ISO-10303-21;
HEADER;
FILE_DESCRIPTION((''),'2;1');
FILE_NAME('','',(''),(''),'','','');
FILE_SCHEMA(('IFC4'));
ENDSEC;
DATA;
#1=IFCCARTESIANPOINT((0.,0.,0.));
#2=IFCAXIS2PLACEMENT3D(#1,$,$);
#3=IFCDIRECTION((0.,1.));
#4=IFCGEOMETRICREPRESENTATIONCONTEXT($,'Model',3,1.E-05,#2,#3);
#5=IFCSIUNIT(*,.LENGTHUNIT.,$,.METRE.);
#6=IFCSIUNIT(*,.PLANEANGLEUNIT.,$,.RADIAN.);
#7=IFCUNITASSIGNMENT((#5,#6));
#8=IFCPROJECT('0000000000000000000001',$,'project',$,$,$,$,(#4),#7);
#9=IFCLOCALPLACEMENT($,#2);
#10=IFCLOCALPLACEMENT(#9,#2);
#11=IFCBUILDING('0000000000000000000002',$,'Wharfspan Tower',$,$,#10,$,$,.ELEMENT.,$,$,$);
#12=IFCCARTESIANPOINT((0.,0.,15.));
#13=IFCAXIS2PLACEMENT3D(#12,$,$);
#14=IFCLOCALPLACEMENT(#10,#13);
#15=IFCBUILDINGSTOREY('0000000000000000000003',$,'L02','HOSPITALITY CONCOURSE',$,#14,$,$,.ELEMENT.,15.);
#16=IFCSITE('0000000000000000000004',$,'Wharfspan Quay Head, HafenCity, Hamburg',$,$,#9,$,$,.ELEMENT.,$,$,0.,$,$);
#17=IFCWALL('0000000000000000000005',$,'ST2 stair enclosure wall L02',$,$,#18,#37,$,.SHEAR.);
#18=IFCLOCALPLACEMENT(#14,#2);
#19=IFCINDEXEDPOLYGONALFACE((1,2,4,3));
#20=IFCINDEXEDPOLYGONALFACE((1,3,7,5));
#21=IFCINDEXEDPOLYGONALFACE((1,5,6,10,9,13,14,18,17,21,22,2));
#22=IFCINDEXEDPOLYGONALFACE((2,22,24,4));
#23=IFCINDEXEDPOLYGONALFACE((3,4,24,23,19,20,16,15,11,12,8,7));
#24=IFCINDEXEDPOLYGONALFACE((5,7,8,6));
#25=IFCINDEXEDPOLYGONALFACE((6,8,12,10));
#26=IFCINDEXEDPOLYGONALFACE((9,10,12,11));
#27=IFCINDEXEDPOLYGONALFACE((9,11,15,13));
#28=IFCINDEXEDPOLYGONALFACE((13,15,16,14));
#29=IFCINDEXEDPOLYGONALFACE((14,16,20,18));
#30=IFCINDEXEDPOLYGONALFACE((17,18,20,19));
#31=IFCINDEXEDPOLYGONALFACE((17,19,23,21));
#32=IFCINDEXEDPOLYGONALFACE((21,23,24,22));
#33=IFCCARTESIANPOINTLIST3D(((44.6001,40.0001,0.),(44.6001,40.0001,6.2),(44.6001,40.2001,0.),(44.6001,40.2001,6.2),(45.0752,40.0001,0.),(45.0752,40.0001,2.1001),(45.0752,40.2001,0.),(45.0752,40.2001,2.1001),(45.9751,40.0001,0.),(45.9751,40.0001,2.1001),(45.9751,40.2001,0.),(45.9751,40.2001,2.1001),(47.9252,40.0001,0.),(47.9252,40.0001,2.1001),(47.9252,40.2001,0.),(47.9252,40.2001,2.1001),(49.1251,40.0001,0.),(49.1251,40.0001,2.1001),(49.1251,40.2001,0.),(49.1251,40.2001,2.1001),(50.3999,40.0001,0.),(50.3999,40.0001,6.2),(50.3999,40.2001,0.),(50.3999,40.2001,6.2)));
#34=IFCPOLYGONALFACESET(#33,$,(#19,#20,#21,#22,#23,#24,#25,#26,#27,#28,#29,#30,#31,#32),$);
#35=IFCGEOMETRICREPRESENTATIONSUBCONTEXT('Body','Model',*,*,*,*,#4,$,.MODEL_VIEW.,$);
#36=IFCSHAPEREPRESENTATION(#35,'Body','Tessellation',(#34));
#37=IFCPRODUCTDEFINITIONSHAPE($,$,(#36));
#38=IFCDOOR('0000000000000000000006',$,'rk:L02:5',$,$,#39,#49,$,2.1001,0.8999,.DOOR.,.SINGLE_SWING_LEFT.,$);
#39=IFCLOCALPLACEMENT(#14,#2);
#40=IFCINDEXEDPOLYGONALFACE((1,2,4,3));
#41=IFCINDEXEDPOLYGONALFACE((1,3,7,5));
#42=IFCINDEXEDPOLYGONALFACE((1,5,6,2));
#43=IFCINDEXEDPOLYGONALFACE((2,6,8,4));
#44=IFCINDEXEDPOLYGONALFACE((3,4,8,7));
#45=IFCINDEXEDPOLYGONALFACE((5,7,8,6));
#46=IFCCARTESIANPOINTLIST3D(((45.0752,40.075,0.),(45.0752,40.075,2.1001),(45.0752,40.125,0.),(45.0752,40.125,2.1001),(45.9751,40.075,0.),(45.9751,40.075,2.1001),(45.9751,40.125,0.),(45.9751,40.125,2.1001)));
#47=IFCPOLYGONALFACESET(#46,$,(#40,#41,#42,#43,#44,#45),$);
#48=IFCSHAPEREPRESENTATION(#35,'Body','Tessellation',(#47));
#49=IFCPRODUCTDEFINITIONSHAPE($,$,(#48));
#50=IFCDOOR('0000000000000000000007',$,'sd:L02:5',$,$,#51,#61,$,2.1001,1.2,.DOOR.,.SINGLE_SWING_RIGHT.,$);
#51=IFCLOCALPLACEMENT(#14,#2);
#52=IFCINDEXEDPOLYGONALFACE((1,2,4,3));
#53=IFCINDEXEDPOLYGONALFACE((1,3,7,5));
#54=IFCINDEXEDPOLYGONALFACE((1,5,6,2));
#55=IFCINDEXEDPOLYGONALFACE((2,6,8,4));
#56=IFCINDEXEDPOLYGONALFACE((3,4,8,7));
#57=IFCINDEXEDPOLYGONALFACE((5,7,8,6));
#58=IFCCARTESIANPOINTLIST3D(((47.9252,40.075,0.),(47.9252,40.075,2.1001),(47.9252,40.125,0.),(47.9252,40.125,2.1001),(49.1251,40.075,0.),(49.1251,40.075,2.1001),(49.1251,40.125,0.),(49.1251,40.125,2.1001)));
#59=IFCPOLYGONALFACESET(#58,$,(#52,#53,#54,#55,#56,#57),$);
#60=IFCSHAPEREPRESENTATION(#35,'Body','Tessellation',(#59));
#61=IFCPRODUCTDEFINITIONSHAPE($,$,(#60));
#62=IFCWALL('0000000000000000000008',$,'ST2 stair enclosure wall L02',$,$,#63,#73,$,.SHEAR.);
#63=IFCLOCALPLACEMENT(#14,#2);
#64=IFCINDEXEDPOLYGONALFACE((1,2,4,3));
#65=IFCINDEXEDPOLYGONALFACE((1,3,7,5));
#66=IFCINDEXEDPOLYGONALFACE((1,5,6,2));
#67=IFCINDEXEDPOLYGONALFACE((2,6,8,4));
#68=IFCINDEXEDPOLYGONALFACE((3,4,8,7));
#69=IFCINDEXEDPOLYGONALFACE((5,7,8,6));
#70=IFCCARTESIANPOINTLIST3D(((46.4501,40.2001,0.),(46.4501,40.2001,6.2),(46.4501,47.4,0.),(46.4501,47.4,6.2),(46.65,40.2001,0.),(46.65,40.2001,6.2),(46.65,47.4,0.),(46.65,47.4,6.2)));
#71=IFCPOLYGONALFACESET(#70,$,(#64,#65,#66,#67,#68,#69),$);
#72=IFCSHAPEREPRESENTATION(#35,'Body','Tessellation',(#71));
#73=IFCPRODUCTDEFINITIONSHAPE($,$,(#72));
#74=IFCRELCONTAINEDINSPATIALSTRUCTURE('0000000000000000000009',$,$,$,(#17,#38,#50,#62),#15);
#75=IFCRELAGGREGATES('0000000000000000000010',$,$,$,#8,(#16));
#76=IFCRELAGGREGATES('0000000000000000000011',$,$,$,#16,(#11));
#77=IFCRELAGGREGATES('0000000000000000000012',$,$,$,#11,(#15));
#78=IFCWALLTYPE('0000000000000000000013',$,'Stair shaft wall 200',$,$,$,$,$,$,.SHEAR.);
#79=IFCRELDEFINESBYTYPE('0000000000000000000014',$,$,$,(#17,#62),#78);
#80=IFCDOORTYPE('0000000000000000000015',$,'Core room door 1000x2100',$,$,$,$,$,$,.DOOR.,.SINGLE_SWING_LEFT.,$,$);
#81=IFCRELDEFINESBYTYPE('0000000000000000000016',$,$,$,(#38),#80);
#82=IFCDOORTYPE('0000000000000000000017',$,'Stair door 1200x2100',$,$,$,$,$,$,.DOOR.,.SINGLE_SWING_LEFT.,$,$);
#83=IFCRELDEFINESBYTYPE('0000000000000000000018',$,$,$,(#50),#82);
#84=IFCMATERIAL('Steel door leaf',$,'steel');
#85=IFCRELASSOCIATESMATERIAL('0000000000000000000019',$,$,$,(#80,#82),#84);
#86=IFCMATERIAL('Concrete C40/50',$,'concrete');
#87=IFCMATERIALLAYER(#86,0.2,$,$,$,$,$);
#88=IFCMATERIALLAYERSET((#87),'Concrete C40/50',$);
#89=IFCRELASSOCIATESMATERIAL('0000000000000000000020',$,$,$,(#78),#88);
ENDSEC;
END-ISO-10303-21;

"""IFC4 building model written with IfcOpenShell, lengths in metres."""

from ifc_helpers import new_model, si_unit, direction, frame, frame_2d, origin, place, context, subcontext, project, spatial, rectangle, extrude, material, layer, layer_set, type_object, element, fill, save


model = new_model("IFC4")

# Units and contexts
model_context = context("Model", 3, precision=1e-05, world=origin(), true_north=direction((0.0, 1.0)))
body_context = subcontext(model_context, "Body", "Model", "MODEL_VIEW")
ifc_project = project(units=[si_unit("LENGTHUNIT", "METRE"), si_unit("PLANEANGLEUNIT", "RADIAN")], contexts=[model_context])

# Site, building, storey
site_placement = place(None, origin())
site = spatial("IfcSite", under=ifc_project, at=site_placement, Name="Wharfspan Quay Head, HafenCity, Hamburg", CompositionType="ELEMENT", RefElevation=0.0)
building_placement = place(site_placement, origin())
building = spatial("IfcBuilding", under=site, at=building_placement, Name="Wharfspan Tower", CompositionType="ELEMENT")
storey_placement = place(building_placement, frame((0.0, 0.0, 15.0)))
storey = spatial("IfcBuildingStorey", under=building, at=storey_placement, Name="L02", Description="HOSPITALITY CONCOURSE", CompositionType="ELEMENT", Elevation=15.0)

# Shared definitions
ifc_material_1 = material(Name="Steel door leaf", Category="steel")
door_type_1 = type_object("IfcDoorType", Name="Core room door 1000x2100", OperationType="SINGLE_SWING_LEFT", PredefinedType="DOOR", material=ifc_material_1)

# Wall, openings, doors
ifc_material_2 = material(Name="Concrete C40/50", Category="concrete")
ifc_layer_1 = layer(ifc_material_2, 0.2)
ifc_layer_set_1 = layer_set([ifc_layer_1], Name="Concrete C40/50")
wall_type_1 = type_object("IfcWallType", Name="Stair shaft wall 200", PredefinedType="SHEAR", material=ifc_layer_set_1)
wall_1_placement = place(storey_placement, frame((44.6001, 40.1001, 0.0), z_axis=(0.0, 0.0, 1.0), x_axis=(1.0, 0.0, 0.0)))
wall_1 = element("IfcWall", 1, at=wall_1_placement, inside=storey, type_object=wall_type_1, Name="ST2 stair enclosure wall L02", PredefinedType="SHEAR", context=body_context, shape_type="SweptSolid", body=[
    extrude(rectangle(XDim=5.7998, YDim=0.2, at=frame_2d((2.8999, 0.0))), origin(), (0.0, 0.0, 1.0), 6.2),
])
opening_1_placement = place(wall_1_placement, frame((3.325, 0.0, 0.0)))
opening_1 = element("IfcOpeningElement", 2, at=opening_1_placement, cuts=wall_1, PredefinedType="OPENING", context=body_context, shape_type="SweptSolid", body=[
    extrude(rectangle(XDim=1.2, YDim=2.1001, at=frame_2d((0.6001, 1.05))), frame((0.0, 0.1099, 0.0), z_axis=(0.0, -1.0, 0.0), x_axis=(1.0, 0.0, 0.0)), (0.0, 0.0, 1.0), 0.22),
])
opening_2_placement = place(wall_1_placement, frame((0.4751, 0.0, 0.0)))
opening_2 = element("IfcOpeningElement", 3, at=opening_2_placement, cuts=wall_1, PredefinedType="OPENING", context=body_context, shape_type="SweptSolid", body=[
    extrude(rectangle(XDim=0.8999, YDim=2.1001, at=frame_2d((0.45, 1.05))), frame((0.0, 0.1099, 0.0), z_axis=(0.0, -1.0, 0.0), x_axis=(1.0, 0.0, 0.0)), (0.0, 0.0, 1.0), 0.22),
])
door_1_placement = place(opening_2_placement, origin())
door_1 = element("IfcDoor", 4, at=door_1_placement, inside=storey, type_object=door_type_1, Name="rk:L02:5", OperationType="SINGLE_SWING_LEFT", OverallHeight=2.1001, OverallWidth=0.8999, PredefinedType="DOOR", context=body_context, shape_type="SweptSolid", body=[
    extrude(rectangle(XDim=0.8999, YDim=2.1001, at=frame_2d((0.45, 1.05))), frame((0.0, 0.0249, 0.0), z_axis=(0.0, -1.0, 0.0), x_axis=(1.0, 0.0, 0.0)), (0.0, 0.0, 1.0), 0.05),
])
fill(opening_2, door_1)
door_type_2 = type_object("IfcDoorType", Name="Stair door 1200x2100", OperationType="SINGLE_SWING_LEFT", PredefinedType="DOOR", material=ifc_material_1)
door_2_placement = place(opening_1_placement, origin())
door_2 = element("IfcDoor", 5, at=door_2_placement, inside=storey, type_object=door_type_2, Name="sd:L02:5", OperationType="SINGLE_SWING_RIGHT", OverallHeight=2.1001, OverallWidth=1.2, PredefinedType="DOOR", context=body_context, shape_type="SweptSolid", body=[
    extrude(rectangle(XDim=1.2, YDim=2.1001, at=frame_2d((0.6001, 1.05))), frame((0.0, 0.0249, 0.0), z_axis=(0.0, -1.0, 0.0), x_axis=(1.0, 0.0, 0.0)), (0.0, 0.0, 1.0), 0.05),
])
fill(opening_1, door_2)

# Wall
wall_2_placement = place(storey_placement, frame((46.55, 40.2, 0.0), z_axis=(0.0, 0.0, 1.0), x_axis=(0.0, 1.0, 0.0)))
element("IfcWall", 6, at=wall_2_placement, inside=storey, type_object=wall_type_1, Name="ST2 stair enclosure wall L02", PredefinedType="SHEAR", context=body_context, shape_type="SweptSolid", body=[
    extrude(rectangle(XDim=7.2, YDim=0.2, at=frame_2d((3.6001, 0.0))), origin(), (0.0, 0.0, 1.0), 6.2),
])

save(model, "model.ifc")
